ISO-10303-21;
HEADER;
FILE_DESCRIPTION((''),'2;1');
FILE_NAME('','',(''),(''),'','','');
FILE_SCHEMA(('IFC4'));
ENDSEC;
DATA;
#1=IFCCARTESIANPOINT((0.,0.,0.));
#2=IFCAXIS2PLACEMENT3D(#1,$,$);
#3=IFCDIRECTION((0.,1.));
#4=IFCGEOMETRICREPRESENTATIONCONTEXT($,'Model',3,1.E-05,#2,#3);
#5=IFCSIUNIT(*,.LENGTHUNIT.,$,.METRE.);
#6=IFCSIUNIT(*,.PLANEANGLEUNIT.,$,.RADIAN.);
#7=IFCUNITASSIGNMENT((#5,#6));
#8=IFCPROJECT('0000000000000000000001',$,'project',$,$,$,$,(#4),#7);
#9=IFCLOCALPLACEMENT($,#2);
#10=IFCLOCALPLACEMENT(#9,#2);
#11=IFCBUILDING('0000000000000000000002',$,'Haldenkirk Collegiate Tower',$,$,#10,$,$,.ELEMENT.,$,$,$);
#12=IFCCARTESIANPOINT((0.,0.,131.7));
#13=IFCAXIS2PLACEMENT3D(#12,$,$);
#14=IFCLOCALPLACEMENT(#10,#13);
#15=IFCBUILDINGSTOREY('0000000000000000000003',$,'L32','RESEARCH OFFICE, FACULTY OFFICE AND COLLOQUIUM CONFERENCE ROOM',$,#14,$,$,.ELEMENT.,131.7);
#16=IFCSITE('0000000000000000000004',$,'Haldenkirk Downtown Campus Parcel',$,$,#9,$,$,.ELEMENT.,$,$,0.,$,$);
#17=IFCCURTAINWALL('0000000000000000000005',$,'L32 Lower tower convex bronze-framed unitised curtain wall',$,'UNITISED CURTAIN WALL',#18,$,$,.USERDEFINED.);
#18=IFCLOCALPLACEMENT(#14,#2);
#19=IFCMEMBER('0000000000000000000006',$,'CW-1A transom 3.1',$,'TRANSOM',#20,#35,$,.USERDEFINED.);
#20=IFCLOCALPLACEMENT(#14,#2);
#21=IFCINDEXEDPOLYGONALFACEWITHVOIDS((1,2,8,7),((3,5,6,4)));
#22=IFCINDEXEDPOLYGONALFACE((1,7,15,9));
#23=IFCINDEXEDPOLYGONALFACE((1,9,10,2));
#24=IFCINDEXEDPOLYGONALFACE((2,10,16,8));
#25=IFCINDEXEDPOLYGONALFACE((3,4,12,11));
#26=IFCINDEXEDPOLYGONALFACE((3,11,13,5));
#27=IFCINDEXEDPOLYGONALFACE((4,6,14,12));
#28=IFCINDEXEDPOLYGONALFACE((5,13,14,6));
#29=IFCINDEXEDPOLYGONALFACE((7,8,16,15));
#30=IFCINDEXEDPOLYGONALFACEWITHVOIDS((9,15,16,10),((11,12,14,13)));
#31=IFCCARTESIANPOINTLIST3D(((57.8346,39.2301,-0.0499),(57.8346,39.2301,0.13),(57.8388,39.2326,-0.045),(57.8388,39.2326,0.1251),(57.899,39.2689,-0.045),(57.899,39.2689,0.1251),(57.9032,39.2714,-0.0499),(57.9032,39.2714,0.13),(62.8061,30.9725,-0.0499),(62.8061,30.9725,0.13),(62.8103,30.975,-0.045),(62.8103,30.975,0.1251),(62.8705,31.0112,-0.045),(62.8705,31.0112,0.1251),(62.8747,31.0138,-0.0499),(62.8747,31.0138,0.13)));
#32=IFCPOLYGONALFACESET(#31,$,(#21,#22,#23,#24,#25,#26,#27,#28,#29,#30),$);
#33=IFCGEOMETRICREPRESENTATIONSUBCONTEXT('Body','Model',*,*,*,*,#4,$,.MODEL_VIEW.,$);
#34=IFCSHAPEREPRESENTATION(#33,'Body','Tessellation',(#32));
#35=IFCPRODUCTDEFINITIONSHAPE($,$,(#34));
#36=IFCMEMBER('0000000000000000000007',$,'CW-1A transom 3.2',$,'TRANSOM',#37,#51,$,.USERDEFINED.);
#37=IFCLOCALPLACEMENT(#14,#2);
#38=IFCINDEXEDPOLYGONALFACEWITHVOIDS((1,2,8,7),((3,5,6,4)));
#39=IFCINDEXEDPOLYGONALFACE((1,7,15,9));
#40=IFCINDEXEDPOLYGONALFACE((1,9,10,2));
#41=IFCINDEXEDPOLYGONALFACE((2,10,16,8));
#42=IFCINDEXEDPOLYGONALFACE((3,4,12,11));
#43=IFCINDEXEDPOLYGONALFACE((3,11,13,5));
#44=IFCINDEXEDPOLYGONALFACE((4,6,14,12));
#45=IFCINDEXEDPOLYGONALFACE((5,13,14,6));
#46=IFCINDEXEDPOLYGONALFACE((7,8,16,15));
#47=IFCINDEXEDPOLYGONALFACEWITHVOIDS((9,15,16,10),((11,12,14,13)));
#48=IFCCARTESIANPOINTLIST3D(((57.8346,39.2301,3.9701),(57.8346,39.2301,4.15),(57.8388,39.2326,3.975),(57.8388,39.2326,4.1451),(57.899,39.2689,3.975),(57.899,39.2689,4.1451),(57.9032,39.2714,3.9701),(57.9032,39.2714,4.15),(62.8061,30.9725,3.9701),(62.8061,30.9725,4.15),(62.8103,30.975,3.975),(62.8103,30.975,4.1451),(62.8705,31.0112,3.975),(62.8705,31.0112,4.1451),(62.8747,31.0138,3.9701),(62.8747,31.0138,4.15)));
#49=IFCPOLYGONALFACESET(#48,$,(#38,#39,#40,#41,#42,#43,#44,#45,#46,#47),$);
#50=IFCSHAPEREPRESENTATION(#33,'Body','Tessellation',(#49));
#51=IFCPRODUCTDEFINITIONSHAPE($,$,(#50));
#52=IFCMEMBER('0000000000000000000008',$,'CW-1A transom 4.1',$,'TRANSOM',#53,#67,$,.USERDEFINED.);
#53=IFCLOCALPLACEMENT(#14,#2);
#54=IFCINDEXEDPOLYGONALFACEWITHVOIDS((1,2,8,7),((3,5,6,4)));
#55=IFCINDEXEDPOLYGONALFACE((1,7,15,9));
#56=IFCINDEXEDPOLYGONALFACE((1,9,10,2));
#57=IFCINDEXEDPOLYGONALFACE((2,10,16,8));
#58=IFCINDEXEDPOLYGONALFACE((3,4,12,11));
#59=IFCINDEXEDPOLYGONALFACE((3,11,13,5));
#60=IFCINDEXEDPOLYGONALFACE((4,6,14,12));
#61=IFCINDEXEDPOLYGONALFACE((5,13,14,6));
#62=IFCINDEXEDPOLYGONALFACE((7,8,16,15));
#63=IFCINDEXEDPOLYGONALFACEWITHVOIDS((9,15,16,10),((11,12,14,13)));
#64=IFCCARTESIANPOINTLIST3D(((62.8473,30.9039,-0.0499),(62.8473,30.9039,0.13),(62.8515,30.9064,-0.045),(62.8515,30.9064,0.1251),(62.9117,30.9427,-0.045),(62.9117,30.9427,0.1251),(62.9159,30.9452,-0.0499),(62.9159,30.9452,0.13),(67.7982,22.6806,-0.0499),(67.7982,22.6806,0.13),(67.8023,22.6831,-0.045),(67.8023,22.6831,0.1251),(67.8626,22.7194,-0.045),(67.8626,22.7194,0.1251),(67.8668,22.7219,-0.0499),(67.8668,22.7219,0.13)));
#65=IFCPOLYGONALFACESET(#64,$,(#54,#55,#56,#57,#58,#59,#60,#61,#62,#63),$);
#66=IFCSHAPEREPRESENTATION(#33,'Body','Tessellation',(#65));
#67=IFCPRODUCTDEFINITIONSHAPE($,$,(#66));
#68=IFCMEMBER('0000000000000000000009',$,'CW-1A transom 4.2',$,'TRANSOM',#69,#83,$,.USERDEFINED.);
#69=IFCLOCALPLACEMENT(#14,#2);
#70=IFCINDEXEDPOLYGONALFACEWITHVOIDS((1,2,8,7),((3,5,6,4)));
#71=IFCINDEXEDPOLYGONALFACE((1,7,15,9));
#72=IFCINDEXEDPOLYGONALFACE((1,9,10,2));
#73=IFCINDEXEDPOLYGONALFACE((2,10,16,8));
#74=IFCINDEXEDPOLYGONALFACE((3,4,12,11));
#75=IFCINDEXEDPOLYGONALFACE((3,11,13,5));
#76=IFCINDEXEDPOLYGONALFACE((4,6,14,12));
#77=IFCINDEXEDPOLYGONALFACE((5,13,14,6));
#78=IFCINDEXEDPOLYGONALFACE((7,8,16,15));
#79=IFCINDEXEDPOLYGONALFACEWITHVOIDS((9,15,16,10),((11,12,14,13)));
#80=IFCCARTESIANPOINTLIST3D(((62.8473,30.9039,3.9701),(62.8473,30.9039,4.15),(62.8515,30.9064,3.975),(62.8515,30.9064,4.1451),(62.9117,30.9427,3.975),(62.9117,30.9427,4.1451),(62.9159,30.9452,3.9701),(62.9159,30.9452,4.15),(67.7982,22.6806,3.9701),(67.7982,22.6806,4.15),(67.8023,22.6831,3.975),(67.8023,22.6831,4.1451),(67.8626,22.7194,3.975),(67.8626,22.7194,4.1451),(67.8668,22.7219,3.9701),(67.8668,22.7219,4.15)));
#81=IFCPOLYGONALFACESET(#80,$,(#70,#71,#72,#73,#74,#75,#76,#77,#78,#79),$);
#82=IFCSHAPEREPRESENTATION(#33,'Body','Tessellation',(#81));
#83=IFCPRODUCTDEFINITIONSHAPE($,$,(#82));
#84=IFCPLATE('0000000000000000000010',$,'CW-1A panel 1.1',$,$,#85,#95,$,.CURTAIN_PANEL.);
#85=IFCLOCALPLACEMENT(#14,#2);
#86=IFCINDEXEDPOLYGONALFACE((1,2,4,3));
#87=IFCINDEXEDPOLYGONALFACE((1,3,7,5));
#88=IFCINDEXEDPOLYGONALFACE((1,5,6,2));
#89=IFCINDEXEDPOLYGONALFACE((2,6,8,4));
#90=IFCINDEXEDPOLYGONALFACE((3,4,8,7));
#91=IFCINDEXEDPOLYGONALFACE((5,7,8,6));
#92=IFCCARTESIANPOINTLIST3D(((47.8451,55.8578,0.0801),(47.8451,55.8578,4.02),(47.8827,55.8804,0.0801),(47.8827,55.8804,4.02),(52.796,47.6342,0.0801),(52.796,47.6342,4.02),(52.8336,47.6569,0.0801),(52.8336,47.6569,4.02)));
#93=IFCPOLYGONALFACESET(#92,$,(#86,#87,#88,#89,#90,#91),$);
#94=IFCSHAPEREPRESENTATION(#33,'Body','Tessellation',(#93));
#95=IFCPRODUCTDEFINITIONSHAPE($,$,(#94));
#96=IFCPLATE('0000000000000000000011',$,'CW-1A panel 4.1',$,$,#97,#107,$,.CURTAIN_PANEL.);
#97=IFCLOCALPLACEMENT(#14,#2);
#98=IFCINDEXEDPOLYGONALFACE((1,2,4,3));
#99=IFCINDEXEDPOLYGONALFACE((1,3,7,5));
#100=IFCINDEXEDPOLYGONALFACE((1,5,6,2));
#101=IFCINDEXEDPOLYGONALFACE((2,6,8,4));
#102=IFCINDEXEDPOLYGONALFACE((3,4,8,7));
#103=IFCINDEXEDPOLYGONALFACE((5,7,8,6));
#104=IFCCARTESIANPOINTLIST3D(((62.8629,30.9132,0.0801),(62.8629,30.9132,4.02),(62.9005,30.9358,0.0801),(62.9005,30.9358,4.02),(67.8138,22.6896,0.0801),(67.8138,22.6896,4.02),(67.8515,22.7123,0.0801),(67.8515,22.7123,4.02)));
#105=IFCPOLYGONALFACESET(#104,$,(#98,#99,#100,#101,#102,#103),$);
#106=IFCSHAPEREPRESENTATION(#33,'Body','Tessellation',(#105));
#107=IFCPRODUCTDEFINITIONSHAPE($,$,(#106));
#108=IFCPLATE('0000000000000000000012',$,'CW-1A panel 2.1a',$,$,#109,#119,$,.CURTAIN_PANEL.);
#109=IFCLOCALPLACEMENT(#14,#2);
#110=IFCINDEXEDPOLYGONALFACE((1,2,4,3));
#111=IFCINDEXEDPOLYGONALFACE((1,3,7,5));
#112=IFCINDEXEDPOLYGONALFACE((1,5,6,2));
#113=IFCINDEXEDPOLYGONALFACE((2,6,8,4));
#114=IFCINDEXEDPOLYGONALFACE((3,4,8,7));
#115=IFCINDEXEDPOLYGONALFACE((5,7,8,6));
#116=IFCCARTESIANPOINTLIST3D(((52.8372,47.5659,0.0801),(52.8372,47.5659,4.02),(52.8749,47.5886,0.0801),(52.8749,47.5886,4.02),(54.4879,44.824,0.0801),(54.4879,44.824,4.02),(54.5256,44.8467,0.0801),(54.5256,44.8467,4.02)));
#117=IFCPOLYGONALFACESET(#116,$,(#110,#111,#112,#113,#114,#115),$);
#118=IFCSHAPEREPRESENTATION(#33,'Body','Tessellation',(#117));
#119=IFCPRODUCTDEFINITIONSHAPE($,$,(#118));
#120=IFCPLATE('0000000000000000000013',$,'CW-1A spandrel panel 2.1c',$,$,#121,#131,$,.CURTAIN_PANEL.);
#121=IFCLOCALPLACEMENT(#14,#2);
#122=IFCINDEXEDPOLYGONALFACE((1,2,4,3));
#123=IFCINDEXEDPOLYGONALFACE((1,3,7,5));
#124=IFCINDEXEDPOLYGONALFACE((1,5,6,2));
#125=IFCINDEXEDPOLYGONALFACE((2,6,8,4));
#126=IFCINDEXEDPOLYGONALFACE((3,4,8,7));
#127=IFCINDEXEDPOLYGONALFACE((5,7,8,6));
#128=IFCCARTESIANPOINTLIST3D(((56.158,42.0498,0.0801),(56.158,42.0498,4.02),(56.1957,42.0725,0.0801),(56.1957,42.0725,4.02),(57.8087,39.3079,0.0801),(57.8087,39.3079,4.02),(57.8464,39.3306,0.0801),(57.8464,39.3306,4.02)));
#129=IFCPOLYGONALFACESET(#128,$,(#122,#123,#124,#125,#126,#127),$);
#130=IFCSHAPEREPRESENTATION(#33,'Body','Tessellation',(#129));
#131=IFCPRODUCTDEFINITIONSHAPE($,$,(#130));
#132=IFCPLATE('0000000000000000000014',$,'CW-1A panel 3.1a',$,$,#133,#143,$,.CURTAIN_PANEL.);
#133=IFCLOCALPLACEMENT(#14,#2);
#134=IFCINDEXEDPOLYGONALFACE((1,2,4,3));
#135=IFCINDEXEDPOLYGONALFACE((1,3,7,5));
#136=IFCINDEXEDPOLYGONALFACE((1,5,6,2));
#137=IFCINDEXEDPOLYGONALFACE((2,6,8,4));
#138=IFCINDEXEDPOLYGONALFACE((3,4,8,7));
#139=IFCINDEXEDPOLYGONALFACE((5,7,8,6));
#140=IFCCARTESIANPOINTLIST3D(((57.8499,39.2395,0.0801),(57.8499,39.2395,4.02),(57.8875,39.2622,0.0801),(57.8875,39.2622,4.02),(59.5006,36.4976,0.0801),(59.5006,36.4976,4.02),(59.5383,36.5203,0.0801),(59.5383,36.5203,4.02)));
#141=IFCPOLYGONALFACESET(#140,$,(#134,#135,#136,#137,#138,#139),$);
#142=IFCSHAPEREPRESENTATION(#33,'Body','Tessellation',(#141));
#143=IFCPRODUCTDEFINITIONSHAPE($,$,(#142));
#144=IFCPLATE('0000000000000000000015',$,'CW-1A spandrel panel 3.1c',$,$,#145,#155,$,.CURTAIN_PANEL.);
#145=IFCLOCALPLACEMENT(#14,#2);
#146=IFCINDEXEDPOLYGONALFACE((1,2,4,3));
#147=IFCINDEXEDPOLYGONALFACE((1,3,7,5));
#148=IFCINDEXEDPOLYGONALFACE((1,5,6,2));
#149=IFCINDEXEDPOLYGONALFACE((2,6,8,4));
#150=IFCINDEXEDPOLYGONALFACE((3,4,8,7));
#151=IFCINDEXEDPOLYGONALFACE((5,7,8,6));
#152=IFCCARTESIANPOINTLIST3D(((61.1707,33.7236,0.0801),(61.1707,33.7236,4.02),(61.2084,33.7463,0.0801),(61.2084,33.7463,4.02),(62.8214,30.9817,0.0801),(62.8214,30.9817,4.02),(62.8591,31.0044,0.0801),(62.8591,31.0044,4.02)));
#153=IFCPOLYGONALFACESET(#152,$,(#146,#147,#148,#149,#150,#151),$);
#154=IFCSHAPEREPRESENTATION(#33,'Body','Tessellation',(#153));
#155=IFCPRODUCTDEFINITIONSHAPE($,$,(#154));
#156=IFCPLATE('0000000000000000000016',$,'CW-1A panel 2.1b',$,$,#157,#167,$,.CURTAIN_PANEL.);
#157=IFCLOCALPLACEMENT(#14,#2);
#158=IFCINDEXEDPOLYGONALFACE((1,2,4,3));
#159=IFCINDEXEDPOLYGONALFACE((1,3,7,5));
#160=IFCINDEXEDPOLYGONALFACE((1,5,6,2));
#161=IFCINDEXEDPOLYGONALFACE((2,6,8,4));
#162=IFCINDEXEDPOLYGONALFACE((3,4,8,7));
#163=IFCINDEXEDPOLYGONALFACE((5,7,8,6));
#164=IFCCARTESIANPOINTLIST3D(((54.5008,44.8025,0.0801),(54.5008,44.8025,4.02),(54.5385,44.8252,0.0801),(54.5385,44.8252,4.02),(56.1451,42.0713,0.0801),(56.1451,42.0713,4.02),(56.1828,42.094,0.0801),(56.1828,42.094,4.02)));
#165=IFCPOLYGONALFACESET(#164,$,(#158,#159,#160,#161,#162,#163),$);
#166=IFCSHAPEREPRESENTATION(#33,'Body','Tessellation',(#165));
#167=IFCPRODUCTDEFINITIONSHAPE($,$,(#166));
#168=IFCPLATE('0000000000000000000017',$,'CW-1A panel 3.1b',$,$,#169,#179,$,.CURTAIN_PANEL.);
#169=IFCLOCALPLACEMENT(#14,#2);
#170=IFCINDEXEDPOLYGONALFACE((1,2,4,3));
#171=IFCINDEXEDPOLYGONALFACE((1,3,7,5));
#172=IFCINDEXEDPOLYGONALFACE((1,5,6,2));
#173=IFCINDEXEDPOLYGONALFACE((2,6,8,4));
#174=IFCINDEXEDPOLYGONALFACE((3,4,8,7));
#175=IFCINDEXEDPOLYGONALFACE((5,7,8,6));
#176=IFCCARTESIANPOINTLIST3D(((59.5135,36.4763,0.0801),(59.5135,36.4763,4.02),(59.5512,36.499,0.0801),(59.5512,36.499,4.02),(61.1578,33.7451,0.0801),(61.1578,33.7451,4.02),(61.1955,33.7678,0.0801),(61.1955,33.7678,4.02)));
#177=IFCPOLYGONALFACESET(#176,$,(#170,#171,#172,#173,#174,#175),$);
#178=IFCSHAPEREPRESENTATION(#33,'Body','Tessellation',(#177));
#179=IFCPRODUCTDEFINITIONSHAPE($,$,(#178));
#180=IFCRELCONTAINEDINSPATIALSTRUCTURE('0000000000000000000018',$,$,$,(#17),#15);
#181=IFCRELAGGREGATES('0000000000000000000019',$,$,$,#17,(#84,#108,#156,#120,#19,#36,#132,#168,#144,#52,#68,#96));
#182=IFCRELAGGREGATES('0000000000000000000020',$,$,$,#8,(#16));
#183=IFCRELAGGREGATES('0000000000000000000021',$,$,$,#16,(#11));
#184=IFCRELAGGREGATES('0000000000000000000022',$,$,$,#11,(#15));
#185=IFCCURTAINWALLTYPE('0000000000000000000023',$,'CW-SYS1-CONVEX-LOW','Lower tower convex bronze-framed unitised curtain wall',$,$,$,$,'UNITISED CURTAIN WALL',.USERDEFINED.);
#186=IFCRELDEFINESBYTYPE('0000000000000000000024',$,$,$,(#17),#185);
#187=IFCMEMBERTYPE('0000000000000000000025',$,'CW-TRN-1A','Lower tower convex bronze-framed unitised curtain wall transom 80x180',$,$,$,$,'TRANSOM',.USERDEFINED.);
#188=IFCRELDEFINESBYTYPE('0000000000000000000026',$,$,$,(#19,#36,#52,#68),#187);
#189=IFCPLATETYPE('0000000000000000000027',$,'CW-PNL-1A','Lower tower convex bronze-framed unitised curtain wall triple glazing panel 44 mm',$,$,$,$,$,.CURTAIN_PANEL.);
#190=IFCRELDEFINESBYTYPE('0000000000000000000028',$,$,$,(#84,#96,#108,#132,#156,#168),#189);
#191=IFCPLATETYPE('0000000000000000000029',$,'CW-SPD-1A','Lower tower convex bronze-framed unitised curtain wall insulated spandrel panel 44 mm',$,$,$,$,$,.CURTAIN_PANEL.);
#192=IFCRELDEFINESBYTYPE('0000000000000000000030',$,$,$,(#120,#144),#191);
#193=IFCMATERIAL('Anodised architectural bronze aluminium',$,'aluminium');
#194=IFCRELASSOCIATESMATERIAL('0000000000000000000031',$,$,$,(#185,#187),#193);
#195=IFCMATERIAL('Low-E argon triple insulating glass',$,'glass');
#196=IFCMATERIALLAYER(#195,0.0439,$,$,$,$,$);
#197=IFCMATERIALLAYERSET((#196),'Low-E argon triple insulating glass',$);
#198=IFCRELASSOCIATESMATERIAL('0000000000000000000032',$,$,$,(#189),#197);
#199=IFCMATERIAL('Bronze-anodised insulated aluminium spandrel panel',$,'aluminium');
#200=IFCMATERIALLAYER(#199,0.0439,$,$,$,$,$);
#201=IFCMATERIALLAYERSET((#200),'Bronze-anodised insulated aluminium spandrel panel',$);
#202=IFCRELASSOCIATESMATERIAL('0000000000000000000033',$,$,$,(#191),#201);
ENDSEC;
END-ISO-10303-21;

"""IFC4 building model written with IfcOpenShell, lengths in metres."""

from ifc_helpers import new_model, si_unit, direction, frame, origin, origin_2d, place, context, subcontext, project, spatial, rectangle, hollow_rectangle, extrude, source, transform, mapped, material, layer, layer_set, material_profile, profile_set, type_object, element, aggregate, save


model = new_model("IFC4")

# Units and contexts
model_context = context("Model", 3, precision=1e-05, world=origin(), true_north=direction((0.0, 1.0)))
body_context = subcontext(model_context, "Body", "Model", "MODEL_VIEW")
ifc_project = project(units=[si_unit("LENGTHUNIT", "METRE"), si_unit("PLANEANGLEUNIT", "RADIAN")], contexts=[model_context])

# Site, building, storey
site_placement = place(None, origin())
site = spatial("IfcSite", under=ifc_project, at=site_placement, Name="Haldenkirk Downtown Campus Parcel", CompositionType="ELEMENT", RefElevation=0.0)
building_placement = place(site_placement, origin())
building = spatial("IfcBuilding", under=site, at=building_placement, Name="Haldenkirk Collegiate Tower", CompositionType="ELEMENT")
storey_placement = place(building_placement, frame((0.0, 0.0, 131.7)))
storey = spatial("IfcBuildingStorey", under=building, at=storey_placement, Name="L32", Description="RESEARCH OFFICE, FACULTY OFFICE AND COLLOQUIUM CONFERENCE ROOM", CompositionType="ELEMENT", Elevation=131.7)

# Curtain wall, members, plates
ifc_material_1 = material(Name="Anodised architectural bronze aluminium", Category="aluminium")
curtain_wall_type = type_object("IfcCurtainWallType", Name="CW-SYS1-CONVEX-LOW", Description="Lower tower convex bronze-framed unitised curtain wall", ElementType="UNITISED CURTAIN WALL", PredefinedType="USERDEFINED", material=ifc_material_1)
curtain_wall_placement = place(storey_placement, origin())
curtain_wall = element("IfcCurtainWall", 1, at=curtain_wall_placement, inside=storey, type_object=curtain_wall_type, Name="L32 Lower tower convex bronze-framed unitised curtain wall", ObjectType="UNITISED CURTAIN WALL", PredefinedType="USERDEFINED")
ifc_material_profile_1 = material_profile(ifc_material_1, hollow_rectangle(XDim=0.0801, YDim=0.1799, WallThickness=0.0049, at=origin_2d()), Name="CW-TRN-1A")
ifc_profile_set_1 = profile_set([ifc_material_profile_1], Name="Anodised architectural bronze aluminium")
member_type_1 = type_object("IfcMemberType", Name="CW-TRN-1A", Description="Lower tower convex bronze-framed unitised curtain wall transom 80x180", ElementType="TRANSOM", PredefinedType="USERDEFINED", material=ifc_profile_set_1)
member_1_placement = place(storey_placement, frame((57.8689, 39.2507, 0.04), z_axis=(0.515784, -0.856719, 0.0), x_axis=(0.856719, 0.515784, 0.0)))
member_1 = element("IfcMember", 2, at=member_1_placement, type_object=member_type_1, Name="CW-1A transom 3.1", ObjectType="TRANSOM", PredefinedType="USERDEFINED", context=body_context, shape_type="SweptSolid", body=[
    extrude(hollow_rectangle(XDim=0.0801, YDim=0.1799, WallThickness=0.0049, at=origin_2d()), origin(), (0.0, 0.0, 1.0), 9.6387),
])
member_2_placement = place(storey_placement, frame((57.8689, 39.2507, 4.0601), z_axis=(0.515784, -0.856719, 0.0), x_axis=(0.856719, 0.515784, 0.0)))
member_2 = element("IfcMember", 3, at=member_2_placement, type_object=member_type_1, Name="CW-1A transom 3.2", ObjectType="TRANSOM", PredefinedType="USERDEFINED", context=body_context, shape_type="SweptSolid", body=[
    extrude(hollow_rectangle(XDim=0.0801, YDim=0.1799, WallThickness=0.0049, at=origin_2d()), origin(), (0.0, 0.0, 1.0), 9.6387),
])
member_3_placement = place(storey_placement, frame((62.8816, 30.9246, 0.04), z_axis=(0.515789, -0.856715, 0.0), x_axis=(0.856715, 0.515789, 0.0)))
member_3 = element("IfcMember", 4, at=member_3_placement, type_object=member_type_1, Name="CW-1A transom 4.1", ObjectType="TRANSOM", PredefinedType="USERDEFINED", context=body_context, shape_type="SweptSolid", body=[
    extrude(hollow_rectangle(XDim=0.0801, YDim=0.1799, WallThickness=0.0049, at=origin_2d()), origin(), (0.0, 0.0, 1.0), 9.5986),
])
member_4_placement = place(storey_placement, frame((62.8816, 30.9246, 4.0601), z_axis=(0.515789, -0.856715, 0.0), x_axis=(0.856715, 0.515789, 0.0)))
member_4 = element("IfcMember", 5, at=member_4_placement, type_object=member_type_1, Name="CW-1A transom 4.2", ObjectType="TRANSOM", PredefinedType="USERDEFINED", context=body_context, shape_type="SweptSolid", body=[
    extrude(hollow_rectangle(XDim=0.0801, YDim=0.1799, WallThickness=0.0049, at=origin_2d()), origin(), (0.0, 0.0, 1.0), 9.5986),
])
ifc_material_2 = material(Name="Low-E argon triple insulating glass", Category="glass")
ifc_layer_1 = layer(ifc_material_2, 0.0439)
ifc_layer_set_1 = layer_set([ifc_layer_1], Name="Low-E argon triple insulating glass")
plate_type_1 = type_object("IfcPlateType", Name="CW-PNL-1A", Description="Lower tower convex bronze-framed unitised curtain wall triple glazing panel 44 mm", PredefinedType="CURTAIN_PANEL", material=ifc_layer_set_1)
shared_shape_1 = source(origin(), body_context, "Body", "SweptSolid", [
    extrude(rectangle(XDim=9.5989, YDim=0.0439, at=origin_2d()), origin(), (0.0, 0.0, 1.0), 3.9399),
])
plate_1_placement = place(storey_placement, frame((50.3394, 51.7573, 0.0801), z_axis=(0.0, 0.0, 1.0), x_axis=(0.515783, -0.856719, 0.0)))
plate_1 = element("IfcPlate", 6, at=plate_1_placement, type_object=plate_type_1, Name="CW-1A panel 1.1", PredefinedType="CURTAIN_PANEL", context=body_context, shape_type="MappedRepresentation", body=[
    mapped(shared_shape_1, transform((0.0, 0.0, 0.0), x_axis=(1.0, 0.0, 0.0), y_axis=(0.0, 1.0, 0.0), z_axis=(0.0, 0.0, 1.0), scale=1.0)),
])
plate_2_placement = place(storey_placement, frame((65.3572, 26.8127, 0.0801), z_axis=(0.0, 0.0, 1.0), x_axis=(0.515783, -0.856719, 0.0)))
plate_2 = element("IfcPlate", 7, at=plate_2_placement, type_object=plate_type_1, Name="CW-1A panel 4.1", PredefinedType="CURTAIN_PANEL", context=body_context, shape_type="MappedRepresentation", body=[
    mapped(shared_shape_1, transform((0.0, 0.0, 0.0), x_axis=(1.0, 0.0, 0.0), y_axis=(0.0, 1.0, 0.0), z_axis=(0.0, 0.0, 1.0), scale=1.0)),
])
shared_shape_2 = source(origin(), body_context, "Body", "SweptSolid", [
    extrude(rectangle(XDim=3.2004, YDim=0.0439, at=origin_2d()), origin(), (0.0, 0.0, 1.0), 3.9399),
])
plate_3_placement = place(storey_placement, frame((53.6814, 46.2063, 0.0801), z_axis=(0.0, 0.0, 1.0), x_axis=(0.515783, -0.856719, 0.0)))
plate_3 = element("IfcPlate", 8, at=plate_3_placement, type_object=plate_type_1, Name="CW-1A panel 2.1a", PredefinedType="CURTAIN_PANEL", context=body_context, shape_type="MappedRepresentation", body=[
    mapped(shared_shape_2, transform((0.0, 0.0, 0.0), x_axis=(1.0, 0.0, 0.0), y_axis=(0.0, 1.0, 0.0), z_axis=(0.0, 0.0, 1.0), scale=1.0)),
])
ifc_material_3 = material(Name="Bronze-anodised insulated aluminium spandrel panel", Category="aluminium")
ifc_layer_2 = layer(ifc_material_3, 0.0439)
ifc_layer_set_2 = layer_set([ifc_layer_2], Name="Bronze-anodised insulated aluminium spandrel panel")
plate_type_2 = type_object("IfcPlateType", Name="CW-SPD-1A", Description="Lower tower convex bronze-framed unitised curtain wall insulated spandrel panel 44 mm", PredefinedType="CURTAIN_PANEL", material=ifc_layer_set_2)
plate_4_placement = place(storey_placement, frame((57.0022, 40.6902, 0.0801), z_axis=(0.0, 0.0, 1.0), x_axis=(0.515783, -0.856719, 0.0)))
plate_4 = element("IfcPlate", 9, at=plate_4_placement, type_object=plate_type_2, Name="CW-1A spandrel panel 2.1c", PredefinedType="CURTAIN_PANEL", context=body_context, shape_type="MappedRepresentation", body=[
    mapped(shared_shape_2, transform((0.0, 0.0, 0.0), x_axis=(1.0, 0.0, 0.0), y_axis=(0.0, 1.0, 0.0), z_axis=(0.0, 0.0, 1.0), scale=1.0)),
])
plate_5_placement = place(storey_placement, frame((58.6941, 37.8799, 0.0801), z_axis=(0.0, 0.0, 1.0), x_axis=(0.515783, -0.856719, 0.0)))
plate_5 = element("IfcPlate", 10, at=plate_5_placement, type_object=plate_type_1, Name="CW-1A panel 3.1a", PredefinedType="CURTAIN_PANEL", context=body_context, shape_type="MappedRepresentation", body=[
    mapped(shared_shape_2, transform((0.0, 0.0, 0.0), x_axis=(1.0, 0.0, 0.0), y_axis=(0.0, 1.0, 0.0), z_axis=(0.0, 0.0, 1.0), scale=1.0)),
])
plate_6_placement = place(storey_placement, frame((62.0149, 32.364, 0.0801), z_axis=(0.0, 0.0, 1.0), x_axis=(0.515783, -0.856719, 0.0)))
plate_6 = element("IfcPlate", 11, at=plate_6_placement, type_object=plate_type_2, Name="CW-1A spandrel panel 3.1c", PredefinedType="CURTAIN_PANEL", context=body_context, shape_type="MappedRepresentation", body=[
    mapped(shared_shape_2, transform((0.0, 0.0, 0.0), x_axis=(1.0, 0.0, 0.0), y_axis=(0.0, 1.0, 0.0), z_axis=(0.0, 0.0, 1.0), scale=1.0)),
])
shared_shape_3 = source(origin(), body_context, "Body", "SweptSolid", [
    extrude(rectangle(XDim=3.188, YDim=0.0439, at=origin_2d()), origin(), (0.0, 0.0, 1.0), 3.9399),
])
plate_7_placement = place(storey_placement, frame((55.3418, 43.4482, 0.0801), z_axis=(0.0, 0.0, 1.0), x_axis=(0.515783, -0.856719, 0.0)))
plate_7 = element("IfcPlate", 12, at=plate_7_placement, type_object=plate_type_1, Name="CW-1A panel 2.1b", PredefinedType="CURTAIN_PANEL", context=body_context, shape_type="MappedRepresentation", body=[
    mapped(shared_shape_3, transform((0.0, 0.0, 0.0), x_axis=(1.0, 0.0, 0.0), y_axis=(0.0, 1.0, 0.0), z_axis=(0.0, 0.0, 1.0), scale=1.0)),
])
plate_8_placement = place(storey_placement, frame((60.3545, 35.1221, 0.0801), z_axis=(0.0, 0.0, 1.0), x_axis=(0.515783, -0.856719, 0.0)))
plate_8 = element("IfcPlate", 13, at=plate_8_placement, type_object=plate_type_1, Name="CW-1A panel 3.1b", PredefinedType="CURTAIN_PANEL", context=body_context, shape_type="MappedRepresentation", body=[
    mapped(shared_shape_3, transform((0.0, 0.0, 0.0), x_axis=(1.0, 0.0, 0.0), y_axis=(0.0, 1.0, 0.0), z_axis=(0.0, 0.0, 1.0), scale=1.0)),
])
aggregate(curtain_wall, [plate_1, plate_3, plate_7, plate_4, member_1, member_2, plate_5, plate_8, plate_6, member_3, member_4, plate_2])

save(model, "model.ifc")
